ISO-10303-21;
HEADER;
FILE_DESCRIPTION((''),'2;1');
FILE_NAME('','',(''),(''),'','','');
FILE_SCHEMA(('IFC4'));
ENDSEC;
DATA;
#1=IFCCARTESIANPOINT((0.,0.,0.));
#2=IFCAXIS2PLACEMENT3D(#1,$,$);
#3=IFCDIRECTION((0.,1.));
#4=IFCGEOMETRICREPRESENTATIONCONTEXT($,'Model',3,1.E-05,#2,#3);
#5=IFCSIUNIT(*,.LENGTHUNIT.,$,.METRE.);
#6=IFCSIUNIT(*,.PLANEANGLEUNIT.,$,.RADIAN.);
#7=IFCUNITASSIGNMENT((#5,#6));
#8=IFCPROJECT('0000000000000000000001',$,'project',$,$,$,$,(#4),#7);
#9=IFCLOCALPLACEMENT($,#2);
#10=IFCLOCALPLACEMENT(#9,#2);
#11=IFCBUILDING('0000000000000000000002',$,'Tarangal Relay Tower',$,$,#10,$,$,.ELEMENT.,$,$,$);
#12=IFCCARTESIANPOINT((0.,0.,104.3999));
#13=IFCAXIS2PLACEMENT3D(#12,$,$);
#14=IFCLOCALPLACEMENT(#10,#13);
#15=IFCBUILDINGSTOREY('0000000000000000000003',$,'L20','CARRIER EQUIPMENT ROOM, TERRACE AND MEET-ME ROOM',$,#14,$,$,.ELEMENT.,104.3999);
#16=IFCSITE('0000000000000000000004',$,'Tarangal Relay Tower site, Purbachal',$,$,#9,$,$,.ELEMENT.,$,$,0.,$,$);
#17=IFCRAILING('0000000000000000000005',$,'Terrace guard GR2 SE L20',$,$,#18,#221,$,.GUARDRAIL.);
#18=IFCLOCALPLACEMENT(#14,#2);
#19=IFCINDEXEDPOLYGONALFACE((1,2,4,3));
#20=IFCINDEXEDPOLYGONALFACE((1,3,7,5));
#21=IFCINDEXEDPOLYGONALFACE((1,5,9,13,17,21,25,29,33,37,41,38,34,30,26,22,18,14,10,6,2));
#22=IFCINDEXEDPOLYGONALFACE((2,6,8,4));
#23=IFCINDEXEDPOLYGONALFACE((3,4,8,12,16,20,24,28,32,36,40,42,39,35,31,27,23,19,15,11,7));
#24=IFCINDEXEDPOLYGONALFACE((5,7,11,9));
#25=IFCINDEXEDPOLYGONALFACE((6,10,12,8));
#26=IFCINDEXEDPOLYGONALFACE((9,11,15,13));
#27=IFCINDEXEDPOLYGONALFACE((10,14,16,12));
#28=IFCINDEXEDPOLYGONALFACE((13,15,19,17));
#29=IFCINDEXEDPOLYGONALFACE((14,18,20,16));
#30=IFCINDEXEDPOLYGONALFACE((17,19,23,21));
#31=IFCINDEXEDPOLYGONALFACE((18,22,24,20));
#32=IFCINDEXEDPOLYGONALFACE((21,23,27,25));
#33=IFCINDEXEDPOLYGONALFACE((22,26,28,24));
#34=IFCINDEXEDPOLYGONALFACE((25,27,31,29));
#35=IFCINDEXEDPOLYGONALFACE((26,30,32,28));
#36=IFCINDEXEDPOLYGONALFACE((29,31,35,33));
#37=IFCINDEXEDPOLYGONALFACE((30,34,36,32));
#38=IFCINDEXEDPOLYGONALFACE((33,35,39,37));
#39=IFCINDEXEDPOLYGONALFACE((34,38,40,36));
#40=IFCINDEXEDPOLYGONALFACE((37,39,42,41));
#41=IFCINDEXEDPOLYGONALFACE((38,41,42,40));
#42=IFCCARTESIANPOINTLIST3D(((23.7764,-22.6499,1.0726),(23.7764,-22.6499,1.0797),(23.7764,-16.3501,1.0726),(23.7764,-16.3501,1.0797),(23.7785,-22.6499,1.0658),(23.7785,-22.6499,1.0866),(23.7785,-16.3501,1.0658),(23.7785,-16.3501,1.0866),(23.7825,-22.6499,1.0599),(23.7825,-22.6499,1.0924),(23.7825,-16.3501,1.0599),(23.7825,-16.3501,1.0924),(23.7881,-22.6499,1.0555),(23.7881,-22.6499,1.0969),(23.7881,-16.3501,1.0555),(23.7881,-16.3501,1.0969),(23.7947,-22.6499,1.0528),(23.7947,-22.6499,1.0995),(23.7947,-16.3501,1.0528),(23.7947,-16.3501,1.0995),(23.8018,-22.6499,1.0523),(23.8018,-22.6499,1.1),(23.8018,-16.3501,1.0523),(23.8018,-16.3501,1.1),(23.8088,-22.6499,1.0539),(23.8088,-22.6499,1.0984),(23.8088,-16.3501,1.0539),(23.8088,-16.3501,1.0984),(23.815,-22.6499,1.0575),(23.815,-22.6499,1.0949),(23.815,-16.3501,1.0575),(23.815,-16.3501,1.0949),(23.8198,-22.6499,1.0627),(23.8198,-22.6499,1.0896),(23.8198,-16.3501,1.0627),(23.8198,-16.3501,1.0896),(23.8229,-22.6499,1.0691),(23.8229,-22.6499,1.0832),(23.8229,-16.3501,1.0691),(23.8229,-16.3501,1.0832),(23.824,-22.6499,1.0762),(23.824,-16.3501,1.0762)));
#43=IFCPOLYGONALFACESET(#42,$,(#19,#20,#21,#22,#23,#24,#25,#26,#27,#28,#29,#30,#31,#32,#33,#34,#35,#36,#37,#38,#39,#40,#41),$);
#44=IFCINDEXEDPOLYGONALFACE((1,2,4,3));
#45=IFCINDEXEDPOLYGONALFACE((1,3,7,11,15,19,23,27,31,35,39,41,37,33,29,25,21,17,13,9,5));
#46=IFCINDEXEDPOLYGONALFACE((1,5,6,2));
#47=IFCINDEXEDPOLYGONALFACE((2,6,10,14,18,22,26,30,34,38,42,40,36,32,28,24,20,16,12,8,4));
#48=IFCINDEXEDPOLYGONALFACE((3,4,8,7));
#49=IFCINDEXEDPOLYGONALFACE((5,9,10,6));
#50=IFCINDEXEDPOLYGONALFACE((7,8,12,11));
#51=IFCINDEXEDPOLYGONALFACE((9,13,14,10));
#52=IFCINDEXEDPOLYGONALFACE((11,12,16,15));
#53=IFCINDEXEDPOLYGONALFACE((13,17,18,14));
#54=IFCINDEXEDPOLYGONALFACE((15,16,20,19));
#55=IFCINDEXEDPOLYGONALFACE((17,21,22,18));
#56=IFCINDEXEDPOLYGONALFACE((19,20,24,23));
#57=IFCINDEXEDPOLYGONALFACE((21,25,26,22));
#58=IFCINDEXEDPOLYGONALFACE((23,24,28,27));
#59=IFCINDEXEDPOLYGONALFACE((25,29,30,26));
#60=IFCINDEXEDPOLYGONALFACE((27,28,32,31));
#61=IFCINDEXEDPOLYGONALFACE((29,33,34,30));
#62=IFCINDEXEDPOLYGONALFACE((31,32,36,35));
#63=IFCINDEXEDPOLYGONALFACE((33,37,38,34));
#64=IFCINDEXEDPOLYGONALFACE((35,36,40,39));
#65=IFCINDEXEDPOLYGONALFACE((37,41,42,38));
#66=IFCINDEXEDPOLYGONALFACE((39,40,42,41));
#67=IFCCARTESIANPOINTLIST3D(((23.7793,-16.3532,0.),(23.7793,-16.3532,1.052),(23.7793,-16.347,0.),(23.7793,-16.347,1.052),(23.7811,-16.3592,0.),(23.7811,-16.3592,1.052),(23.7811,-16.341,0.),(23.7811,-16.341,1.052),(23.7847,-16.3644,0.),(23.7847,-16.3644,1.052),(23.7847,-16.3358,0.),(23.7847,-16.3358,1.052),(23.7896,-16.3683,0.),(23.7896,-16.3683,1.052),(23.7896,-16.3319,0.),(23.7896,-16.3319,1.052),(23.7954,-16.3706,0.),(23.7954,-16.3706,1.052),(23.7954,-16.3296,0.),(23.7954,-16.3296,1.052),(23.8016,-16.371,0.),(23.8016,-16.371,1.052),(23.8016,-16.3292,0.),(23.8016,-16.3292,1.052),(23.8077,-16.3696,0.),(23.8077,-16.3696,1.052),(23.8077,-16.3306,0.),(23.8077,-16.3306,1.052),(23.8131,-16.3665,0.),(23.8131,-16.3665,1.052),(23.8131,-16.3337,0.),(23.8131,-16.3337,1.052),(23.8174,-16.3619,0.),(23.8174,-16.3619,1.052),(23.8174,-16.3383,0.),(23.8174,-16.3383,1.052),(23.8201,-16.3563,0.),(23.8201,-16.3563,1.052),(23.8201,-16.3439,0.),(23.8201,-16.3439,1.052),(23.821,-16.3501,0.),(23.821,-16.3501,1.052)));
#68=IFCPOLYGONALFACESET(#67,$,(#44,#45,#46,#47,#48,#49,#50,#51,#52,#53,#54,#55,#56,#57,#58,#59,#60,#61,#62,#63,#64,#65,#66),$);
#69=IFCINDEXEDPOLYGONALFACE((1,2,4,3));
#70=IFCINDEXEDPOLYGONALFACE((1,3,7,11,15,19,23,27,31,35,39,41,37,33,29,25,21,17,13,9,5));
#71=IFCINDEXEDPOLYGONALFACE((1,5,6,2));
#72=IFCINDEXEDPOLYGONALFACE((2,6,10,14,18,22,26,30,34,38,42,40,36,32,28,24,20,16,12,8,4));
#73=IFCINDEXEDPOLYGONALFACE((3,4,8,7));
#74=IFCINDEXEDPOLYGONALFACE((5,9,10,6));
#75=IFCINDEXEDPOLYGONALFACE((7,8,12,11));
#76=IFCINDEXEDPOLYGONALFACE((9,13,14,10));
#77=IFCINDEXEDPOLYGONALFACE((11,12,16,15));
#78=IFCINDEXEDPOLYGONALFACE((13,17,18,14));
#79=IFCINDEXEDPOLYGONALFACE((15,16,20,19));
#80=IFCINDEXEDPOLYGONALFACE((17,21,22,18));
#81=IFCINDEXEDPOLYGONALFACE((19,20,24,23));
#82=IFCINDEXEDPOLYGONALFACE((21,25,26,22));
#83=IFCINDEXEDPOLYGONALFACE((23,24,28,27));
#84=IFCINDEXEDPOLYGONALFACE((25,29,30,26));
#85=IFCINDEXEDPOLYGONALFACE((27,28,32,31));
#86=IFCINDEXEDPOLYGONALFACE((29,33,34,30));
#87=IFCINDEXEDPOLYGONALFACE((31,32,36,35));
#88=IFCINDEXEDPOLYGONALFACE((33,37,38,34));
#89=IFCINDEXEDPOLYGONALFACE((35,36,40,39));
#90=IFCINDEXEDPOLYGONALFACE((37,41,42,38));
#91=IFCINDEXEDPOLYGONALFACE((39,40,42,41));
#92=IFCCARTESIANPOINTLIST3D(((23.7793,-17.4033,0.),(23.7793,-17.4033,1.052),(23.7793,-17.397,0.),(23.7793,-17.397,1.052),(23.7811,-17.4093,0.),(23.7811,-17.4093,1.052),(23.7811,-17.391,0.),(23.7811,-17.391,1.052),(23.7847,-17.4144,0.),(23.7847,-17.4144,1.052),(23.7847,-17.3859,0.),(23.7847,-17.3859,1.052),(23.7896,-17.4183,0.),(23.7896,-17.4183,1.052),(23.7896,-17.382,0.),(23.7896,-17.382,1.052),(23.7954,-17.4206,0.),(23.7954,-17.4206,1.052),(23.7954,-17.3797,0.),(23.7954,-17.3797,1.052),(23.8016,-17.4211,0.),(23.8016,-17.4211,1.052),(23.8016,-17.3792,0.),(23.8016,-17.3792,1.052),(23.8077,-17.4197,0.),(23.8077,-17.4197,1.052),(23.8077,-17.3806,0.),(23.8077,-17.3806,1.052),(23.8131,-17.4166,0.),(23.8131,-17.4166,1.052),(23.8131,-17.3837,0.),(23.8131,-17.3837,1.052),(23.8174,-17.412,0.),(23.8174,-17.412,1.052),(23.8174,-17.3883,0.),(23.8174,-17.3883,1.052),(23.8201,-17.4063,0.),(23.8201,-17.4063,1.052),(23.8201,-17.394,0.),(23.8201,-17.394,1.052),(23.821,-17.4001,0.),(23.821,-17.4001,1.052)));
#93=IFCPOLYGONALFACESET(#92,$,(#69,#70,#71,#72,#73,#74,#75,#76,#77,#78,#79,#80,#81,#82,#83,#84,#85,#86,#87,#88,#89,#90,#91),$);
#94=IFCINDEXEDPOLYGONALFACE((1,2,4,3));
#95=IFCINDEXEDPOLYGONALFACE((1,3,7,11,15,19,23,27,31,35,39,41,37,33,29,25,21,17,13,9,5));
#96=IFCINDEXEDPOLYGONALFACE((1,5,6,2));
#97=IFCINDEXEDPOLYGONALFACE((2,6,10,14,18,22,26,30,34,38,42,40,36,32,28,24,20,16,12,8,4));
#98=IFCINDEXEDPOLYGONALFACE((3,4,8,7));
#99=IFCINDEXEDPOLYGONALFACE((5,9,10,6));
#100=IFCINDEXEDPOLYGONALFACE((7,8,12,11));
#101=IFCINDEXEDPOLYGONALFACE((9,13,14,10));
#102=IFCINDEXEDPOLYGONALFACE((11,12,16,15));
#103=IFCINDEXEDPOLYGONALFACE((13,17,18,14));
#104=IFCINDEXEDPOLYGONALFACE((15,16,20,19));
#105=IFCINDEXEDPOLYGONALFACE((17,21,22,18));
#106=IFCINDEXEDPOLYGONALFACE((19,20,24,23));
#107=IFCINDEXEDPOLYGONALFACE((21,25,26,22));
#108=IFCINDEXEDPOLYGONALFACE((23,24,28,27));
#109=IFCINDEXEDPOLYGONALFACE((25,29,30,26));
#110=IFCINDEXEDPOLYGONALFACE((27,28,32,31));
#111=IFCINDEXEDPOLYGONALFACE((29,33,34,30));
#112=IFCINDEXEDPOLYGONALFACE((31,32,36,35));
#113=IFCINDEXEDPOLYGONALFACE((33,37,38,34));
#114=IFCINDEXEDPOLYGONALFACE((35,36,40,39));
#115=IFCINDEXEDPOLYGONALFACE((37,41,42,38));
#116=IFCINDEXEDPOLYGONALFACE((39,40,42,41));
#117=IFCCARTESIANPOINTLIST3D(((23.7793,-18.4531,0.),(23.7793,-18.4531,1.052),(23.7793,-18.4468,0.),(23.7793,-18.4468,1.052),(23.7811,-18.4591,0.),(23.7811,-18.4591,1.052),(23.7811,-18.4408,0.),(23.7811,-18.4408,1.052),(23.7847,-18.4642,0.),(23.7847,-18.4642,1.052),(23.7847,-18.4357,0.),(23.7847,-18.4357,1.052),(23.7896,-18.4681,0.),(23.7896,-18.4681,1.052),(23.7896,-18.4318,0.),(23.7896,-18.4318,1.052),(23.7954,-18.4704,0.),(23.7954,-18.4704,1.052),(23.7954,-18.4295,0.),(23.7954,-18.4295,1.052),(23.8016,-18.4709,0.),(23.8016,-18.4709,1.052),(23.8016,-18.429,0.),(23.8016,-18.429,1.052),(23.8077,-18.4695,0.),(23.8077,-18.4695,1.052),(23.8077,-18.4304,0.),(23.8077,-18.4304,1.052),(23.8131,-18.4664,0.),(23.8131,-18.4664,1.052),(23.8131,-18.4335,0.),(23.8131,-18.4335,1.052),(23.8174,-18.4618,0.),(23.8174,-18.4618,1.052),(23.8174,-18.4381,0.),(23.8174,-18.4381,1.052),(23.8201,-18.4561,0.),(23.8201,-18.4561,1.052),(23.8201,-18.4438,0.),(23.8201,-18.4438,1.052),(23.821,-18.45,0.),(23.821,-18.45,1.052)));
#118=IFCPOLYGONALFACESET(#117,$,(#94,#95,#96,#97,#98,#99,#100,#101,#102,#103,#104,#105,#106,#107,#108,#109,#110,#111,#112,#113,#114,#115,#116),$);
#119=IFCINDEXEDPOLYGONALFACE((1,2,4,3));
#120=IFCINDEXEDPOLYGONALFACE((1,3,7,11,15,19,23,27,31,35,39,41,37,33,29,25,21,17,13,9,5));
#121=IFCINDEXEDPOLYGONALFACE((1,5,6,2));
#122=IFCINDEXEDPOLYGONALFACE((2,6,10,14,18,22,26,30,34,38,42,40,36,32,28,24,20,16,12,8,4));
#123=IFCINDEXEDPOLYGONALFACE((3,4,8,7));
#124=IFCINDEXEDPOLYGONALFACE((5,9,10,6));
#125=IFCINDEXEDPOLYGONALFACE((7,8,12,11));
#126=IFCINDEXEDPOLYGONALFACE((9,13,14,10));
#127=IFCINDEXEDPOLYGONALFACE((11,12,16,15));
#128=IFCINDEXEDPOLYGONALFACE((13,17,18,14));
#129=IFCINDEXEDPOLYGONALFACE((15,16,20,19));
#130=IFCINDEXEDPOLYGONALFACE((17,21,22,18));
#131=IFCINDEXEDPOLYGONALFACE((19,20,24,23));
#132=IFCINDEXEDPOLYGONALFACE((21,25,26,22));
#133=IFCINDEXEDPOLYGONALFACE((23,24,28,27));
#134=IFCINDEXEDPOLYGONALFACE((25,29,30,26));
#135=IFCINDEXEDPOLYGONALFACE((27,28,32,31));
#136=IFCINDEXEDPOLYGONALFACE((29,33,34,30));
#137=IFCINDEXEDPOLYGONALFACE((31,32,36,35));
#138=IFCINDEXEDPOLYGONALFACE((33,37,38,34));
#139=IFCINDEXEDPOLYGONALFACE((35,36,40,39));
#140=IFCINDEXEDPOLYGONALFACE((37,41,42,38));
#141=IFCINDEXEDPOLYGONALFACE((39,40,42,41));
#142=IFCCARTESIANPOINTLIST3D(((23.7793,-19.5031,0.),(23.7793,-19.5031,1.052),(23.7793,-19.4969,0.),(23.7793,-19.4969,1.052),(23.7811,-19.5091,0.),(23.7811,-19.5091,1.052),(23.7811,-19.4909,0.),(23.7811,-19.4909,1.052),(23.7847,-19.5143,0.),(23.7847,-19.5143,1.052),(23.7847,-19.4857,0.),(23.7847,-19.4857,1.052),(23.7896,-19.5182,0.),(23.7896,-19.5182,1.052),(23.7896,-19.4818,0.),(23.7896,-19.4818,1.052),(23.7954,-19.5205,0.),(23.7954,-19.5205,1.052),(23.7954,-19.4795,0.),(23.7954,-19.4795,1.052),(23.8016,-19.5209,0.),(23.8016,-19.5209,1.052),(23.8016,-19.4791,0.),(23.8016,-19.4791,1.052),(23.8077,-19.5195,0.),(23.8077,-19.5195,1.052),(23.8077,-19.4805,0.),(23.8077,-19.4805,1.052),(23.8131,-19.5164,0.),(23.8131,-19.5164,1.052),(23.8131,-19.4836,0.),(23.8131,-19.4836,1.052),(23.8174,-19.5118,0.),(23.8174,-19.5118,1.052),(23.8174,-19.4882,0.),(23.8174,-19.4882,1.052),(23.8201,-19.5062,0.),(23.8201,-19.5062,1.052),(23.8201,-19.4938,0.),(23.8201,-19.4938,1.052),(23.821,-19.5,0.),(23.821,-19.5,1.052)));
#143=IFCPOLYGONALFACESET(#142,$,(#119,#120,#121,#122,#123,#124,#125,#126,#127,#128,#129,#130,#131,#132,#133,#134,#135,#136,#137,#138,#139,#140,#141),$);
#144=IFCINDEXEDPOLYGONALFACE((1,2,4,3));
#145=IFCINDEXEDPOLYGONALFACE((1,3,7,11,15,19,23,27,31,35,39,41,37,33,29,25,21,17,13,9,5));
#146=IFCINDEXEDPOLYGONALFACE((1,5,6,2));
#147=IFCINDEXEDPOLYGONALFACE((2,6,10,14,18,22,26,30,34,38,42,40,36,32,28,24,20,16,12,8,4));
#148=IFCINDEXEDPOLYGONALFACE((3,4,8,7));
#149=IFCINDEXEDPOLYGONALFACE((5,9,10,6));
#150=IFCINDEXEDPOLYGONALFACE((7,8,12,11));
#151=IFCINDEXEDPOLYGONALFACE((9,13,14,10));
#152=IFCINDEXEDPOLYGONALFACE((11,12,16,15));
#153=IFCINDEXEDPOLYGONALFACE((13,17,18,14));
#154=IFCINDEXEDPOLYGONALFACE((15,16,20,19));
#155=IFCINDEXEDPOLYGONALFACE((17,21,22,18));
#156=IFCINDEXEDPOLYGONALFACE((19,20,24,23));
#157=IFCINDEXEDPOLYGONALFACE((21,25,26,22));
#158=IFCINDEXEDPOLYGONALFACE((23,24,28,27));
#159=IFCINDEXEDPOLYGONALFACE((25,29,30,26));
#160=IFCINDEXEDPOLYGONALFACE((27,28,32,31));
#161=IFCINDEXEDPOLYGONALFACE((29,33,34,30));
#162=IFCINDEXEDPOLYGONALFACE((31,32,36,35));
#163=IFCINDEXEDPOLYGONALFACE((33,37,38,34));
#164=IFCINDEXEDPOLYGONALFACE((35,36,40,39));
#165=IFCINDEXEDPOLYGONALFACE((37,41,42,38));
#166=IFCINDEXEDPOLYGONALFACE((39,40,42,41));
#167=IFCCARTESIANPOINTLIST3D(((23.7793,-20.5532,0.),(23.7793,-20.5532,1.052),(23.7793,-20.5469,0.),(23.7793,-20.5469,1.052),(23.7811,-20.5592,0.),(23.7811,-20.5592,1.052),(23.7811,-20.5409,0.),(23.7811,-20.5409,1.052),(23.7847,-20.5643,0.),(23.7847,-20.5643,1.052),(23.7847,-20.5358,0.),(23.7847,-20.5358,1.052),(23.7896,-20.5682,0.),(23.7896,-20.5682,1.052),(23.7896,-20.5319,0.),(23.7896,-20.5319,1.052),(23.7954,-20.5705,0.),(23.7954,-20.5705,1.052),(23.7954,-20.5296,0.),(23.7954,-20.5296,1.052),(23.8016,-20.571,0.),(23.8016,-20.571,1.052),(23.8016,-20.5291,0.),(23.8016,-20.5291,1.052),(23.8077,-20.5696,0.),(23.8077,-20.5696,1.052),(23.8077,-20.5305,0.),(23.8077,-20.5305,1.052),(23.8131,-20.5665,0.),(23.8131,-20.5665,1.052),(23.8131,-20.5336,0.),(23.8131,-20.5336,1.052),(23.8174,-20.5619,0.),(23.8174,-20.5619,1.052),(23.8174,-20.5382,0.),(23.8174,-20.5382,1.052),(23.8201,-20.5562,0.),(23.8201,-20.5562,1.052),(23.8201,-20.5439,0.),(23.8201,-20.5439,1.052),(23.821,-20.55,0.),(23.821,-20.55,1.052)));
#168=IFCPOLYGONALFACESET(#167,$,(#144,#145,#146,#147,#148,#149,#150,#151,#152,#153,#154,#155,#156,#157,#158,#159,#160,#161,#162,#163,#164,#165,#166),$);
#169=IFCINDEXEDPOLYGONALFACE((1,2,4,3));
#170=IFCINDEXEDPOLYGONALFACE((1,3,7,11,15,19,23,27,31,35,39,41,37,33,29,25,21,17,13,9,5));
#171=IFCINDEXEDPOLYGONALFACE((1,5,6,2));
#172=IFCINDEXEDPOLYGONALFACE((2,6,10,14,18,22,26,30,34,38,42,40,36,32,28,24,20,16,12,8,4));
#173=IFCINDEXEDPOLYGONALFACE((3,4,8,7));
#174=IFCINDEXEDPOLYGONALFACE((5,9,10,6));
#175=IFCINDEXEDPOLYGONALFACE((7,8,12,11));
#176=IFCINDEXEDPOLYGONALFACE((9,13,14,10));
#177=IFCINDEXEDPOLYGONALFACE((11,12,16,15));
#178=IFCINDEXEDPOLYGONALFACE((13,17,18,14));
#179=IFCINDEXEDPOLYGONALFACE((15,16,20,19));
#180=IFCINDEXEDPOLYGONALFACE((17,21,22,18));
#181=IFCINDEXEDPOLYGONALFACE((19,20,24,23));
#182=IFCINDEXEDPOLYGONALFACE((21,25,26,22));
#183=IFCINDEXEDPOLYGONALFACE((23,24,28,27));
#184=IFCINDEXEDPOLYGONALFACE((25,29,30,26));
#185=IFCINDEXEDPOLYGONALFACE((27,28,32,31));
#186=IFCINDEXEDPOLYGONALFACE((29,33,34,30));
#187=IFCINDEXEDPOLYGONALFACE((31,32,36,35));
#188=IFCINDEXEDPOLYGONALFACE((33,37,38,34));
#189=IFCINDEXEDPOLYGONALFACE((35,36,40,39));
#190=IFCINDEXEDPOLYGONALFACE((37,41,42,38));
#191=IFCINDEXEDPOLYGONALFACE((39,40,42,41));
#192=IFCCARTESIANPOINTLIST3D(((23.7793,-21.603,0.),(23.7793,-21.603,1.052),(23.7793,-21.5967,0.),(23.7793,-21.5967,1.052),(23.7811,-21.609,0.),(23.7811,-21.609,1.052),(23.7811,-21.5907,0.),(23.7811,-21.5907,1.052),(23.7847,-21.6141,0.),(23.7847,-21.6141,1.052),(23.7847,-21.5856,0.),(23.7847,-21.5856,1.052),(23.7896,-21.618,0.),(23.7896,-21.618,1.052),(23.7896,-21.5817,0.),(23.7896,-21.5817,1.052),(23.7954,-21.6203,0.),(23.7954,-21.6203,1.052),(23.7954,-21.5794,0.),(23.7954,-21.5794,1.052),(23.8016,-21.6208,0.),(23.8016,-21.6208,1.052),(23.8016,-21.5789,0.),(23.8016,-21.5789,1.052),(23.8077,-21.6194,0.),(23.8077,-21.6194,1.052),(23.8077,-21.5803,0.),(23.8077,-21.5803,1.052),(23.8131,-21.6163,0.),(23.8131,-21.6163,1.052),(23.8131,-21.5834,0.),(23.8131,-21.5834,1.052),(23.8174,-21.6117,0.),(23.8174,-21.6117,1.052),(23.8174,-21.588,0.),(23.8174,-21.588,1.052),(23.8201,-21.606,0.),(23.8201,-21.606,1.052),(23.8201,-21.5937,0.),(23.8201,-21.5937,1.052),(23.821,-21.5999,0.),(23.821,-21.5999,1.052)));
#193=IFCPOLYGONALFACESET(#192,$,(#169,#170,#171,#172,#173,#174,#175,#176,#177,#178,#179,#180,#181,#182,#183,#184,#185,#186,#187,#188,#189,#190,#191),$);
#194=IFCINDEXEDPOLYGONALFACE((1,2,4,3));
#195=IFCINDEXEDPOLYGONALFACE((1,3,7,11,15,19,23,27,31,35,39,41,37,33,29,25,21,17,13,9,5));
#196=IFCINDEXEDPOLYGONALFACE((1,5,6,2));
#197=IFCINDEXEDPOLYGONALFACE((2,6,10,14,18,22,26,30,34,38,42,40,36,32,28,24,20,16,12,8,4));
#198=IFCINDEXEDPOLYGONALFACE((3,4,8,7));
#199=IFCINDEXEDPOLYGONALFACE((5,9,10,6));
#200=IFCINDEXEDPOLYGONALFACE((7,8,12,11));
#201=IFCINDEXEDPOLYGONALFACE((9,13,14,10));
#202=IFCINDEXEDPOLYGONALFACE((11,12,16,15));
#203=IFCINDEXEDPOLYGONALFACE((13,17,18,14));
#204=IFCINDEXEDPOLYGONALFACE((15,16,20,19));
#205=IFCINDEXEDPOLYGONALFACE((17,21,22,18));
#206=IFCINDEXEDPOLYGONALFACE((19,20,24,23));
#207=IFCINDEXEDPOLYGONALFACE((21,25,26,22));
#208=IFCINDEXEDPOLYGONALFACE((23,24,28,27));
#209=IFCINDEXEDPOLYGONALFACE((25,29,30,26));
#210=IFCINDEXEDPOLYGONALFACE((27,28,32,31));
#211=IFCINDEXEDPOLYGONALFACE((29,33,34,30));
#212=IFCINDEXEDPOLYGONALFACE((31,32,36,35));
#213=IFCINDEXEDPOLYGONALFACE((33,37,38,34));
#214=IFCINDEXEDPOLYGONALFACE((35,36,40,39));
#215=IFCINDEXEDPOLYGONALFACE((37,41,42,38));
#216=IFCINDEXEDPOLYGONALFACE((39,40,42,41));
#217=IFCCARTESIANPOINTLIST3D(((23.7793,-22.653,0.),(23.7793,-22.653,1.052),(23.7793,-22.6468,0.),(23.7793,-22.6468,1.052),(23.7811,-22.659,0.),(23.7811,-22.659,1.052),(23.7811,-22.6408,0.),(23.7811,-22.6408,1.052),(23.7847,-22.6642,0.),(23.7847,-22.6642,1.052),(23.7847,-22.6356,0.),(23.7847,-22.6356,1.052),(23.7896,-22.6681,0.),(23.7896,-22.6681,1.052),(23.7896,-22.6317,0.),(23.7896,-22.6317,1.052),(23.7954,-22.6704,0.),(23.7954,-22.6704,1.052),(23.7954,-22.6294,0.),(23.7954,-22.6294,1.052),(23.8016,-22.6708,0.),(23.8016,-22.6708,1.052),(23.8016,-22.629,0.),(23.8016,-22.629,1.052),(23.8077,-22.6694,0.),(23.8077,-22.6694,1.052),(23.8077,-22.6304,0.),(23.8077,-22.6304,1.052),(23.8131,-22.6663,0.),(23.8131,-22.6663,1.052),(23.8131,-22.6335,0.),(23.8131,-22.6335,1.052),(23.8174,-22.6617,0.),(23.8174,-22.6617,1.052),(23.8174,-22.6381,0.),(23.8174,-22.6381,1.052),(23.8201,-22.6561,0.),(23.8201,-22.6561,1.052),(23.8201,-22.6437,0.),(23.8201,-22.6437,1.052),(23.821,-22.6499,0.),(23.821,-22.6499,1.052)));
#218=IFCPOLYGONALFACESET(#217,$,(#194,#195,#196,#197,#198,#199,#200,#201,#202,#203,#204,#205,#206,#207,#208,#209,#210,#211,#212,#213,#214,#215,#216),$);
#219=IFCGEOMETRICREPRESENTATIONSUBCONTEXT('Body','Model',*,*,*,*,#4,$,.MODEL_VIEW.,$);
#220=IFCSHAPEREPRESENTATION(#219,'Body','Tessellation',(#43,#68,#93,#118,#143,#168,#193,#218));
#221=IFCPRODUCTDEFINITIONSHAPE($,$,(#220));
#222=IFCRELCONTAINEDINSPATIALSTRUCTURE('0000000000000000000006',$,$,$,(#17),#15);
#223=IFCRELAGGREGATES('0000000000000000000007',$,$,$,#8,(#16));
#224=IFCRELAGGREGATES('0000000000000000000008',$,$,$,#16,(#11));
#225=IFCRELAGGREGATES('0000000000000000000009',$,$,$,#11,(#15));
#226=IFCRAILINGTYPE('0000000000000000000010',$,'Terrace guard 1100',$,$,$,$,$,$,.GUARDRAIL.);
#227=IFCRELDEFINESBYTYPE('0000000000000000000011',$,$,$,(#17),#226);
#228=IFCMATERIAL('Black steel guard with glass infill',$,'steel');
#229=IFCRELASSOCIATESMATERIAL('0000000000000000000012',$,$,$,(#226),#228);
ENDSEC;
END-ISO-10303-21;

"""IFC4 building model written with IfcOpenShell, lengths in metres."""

from ifc_helpers import new_model, si_unit, direction, frame, origin, origin_2d, place, context, subcontext, project, spatial, circle, extrude, material, type_object, element, save


model = new_model("IFC4")

# Units and contexts
model_context = context("Model", 3, precision=1e-05, world=origin(), true_north=direction((0.0, 1.0)))
body_context = subcontext(model_context, "Body", "Model", "MODEL_VIEW")
ifc_project = project(units=[si_unit("LENGTHUNIT", "METRE"), si_unit("PLANEANGLEUNIT", "RADIAN")], contexts=[model_context])

# Site, building, storey
site_placement = place(None, origin())
site = spatial("IfcSite", under=ifc_project, at=site_placement, Name="Tarangal Relay Tower site, Purbachal", CompositionType="ELEMENT", RefElevation=0.0)
building_placement = place(site_placement, origin())
building = spatial("IfcBuilding", under=site, at=building_placement, Name="Tarangal Relay Tower", CompositionType="ELEMENT")
storey_placement = place(building_placement, frame((0.0, 0.0, 104.3999)))
storey = spatial("IfcBuildingStorey", under=building, at=storey_placement, Name="L20", Description="CARRIER EQUIPMENT ROOM, TERRACE AND MEET-ME ROOM", CompositionType="ELEMENT", Elevation=104.3999)

# Railing
ifc_material_1 = material(Name="Black steel guard with glass infill", Category="steel")
railing_type = type_object("IfcRailingType", Name="Terrace guard 1100", PredefinedType="GUARDRAIL", material=ifc_material_1)
railing_1_placement = place(storey_placement, frame((23.8, -16.3501, 0.0)))
element("IfcRailing", 1, at=railing_1_placement, inside=storey, type_object=railing_type, Name="Terrace guard GR2 SE L20", PredefinedType="GUARDRAIL", context=body_context, shape_type="SweptSolid", body=[
    extrude(circle(Radius=0.0239, at=origin_2d()), frame((0.0, 0.0, 1.0762), z_axis=(0.0, -1.0, 0.0), x_axis=(1.0, 0.0, 0.0)), (0.0, 0.0, 1.0), 6.2998),
    extrude(circle(Radius=0.021, at=origin_2d()), origin(), (0.0, 0.0, 1.0), 1.052),
    extrude(circle(Radius=0.021, at=origin_2d()), frame((0.0, -1.05, 0.0)), (0.0, 0.0, 1.0), 1.052),
    extrude(circle(Radius=0.021, at=origin_2d()), frame((0.0, -2.0999, 0.0)), (0.0, 0.0, 1.0), 1.052),
    extrude(circle(Radius=0.021, at=origin_2d()), frame((0.0, -3.1499, 0.0)), (0.0, 0.0, 1.0), 1.052),
    extrude(circle(Radius=0.021, at=origin_2d()), frame((0.0, -4.2, 0.0)), (0.0, 0.0, 1.0), 1.052),
    extrude(circle(Radius=0.021, at=origin_2d()), frame((0.0, -5.2498, 0.0)), (0.0, 0.0, 1.0), 1.052),
    extrude(circle(Radius=0.021, at=origin_2d()), frame((0.0, -6.2998, 0.0)), (0.0, 0.0, 1.0), 1.052),
])

save(model, "model.ifc")
